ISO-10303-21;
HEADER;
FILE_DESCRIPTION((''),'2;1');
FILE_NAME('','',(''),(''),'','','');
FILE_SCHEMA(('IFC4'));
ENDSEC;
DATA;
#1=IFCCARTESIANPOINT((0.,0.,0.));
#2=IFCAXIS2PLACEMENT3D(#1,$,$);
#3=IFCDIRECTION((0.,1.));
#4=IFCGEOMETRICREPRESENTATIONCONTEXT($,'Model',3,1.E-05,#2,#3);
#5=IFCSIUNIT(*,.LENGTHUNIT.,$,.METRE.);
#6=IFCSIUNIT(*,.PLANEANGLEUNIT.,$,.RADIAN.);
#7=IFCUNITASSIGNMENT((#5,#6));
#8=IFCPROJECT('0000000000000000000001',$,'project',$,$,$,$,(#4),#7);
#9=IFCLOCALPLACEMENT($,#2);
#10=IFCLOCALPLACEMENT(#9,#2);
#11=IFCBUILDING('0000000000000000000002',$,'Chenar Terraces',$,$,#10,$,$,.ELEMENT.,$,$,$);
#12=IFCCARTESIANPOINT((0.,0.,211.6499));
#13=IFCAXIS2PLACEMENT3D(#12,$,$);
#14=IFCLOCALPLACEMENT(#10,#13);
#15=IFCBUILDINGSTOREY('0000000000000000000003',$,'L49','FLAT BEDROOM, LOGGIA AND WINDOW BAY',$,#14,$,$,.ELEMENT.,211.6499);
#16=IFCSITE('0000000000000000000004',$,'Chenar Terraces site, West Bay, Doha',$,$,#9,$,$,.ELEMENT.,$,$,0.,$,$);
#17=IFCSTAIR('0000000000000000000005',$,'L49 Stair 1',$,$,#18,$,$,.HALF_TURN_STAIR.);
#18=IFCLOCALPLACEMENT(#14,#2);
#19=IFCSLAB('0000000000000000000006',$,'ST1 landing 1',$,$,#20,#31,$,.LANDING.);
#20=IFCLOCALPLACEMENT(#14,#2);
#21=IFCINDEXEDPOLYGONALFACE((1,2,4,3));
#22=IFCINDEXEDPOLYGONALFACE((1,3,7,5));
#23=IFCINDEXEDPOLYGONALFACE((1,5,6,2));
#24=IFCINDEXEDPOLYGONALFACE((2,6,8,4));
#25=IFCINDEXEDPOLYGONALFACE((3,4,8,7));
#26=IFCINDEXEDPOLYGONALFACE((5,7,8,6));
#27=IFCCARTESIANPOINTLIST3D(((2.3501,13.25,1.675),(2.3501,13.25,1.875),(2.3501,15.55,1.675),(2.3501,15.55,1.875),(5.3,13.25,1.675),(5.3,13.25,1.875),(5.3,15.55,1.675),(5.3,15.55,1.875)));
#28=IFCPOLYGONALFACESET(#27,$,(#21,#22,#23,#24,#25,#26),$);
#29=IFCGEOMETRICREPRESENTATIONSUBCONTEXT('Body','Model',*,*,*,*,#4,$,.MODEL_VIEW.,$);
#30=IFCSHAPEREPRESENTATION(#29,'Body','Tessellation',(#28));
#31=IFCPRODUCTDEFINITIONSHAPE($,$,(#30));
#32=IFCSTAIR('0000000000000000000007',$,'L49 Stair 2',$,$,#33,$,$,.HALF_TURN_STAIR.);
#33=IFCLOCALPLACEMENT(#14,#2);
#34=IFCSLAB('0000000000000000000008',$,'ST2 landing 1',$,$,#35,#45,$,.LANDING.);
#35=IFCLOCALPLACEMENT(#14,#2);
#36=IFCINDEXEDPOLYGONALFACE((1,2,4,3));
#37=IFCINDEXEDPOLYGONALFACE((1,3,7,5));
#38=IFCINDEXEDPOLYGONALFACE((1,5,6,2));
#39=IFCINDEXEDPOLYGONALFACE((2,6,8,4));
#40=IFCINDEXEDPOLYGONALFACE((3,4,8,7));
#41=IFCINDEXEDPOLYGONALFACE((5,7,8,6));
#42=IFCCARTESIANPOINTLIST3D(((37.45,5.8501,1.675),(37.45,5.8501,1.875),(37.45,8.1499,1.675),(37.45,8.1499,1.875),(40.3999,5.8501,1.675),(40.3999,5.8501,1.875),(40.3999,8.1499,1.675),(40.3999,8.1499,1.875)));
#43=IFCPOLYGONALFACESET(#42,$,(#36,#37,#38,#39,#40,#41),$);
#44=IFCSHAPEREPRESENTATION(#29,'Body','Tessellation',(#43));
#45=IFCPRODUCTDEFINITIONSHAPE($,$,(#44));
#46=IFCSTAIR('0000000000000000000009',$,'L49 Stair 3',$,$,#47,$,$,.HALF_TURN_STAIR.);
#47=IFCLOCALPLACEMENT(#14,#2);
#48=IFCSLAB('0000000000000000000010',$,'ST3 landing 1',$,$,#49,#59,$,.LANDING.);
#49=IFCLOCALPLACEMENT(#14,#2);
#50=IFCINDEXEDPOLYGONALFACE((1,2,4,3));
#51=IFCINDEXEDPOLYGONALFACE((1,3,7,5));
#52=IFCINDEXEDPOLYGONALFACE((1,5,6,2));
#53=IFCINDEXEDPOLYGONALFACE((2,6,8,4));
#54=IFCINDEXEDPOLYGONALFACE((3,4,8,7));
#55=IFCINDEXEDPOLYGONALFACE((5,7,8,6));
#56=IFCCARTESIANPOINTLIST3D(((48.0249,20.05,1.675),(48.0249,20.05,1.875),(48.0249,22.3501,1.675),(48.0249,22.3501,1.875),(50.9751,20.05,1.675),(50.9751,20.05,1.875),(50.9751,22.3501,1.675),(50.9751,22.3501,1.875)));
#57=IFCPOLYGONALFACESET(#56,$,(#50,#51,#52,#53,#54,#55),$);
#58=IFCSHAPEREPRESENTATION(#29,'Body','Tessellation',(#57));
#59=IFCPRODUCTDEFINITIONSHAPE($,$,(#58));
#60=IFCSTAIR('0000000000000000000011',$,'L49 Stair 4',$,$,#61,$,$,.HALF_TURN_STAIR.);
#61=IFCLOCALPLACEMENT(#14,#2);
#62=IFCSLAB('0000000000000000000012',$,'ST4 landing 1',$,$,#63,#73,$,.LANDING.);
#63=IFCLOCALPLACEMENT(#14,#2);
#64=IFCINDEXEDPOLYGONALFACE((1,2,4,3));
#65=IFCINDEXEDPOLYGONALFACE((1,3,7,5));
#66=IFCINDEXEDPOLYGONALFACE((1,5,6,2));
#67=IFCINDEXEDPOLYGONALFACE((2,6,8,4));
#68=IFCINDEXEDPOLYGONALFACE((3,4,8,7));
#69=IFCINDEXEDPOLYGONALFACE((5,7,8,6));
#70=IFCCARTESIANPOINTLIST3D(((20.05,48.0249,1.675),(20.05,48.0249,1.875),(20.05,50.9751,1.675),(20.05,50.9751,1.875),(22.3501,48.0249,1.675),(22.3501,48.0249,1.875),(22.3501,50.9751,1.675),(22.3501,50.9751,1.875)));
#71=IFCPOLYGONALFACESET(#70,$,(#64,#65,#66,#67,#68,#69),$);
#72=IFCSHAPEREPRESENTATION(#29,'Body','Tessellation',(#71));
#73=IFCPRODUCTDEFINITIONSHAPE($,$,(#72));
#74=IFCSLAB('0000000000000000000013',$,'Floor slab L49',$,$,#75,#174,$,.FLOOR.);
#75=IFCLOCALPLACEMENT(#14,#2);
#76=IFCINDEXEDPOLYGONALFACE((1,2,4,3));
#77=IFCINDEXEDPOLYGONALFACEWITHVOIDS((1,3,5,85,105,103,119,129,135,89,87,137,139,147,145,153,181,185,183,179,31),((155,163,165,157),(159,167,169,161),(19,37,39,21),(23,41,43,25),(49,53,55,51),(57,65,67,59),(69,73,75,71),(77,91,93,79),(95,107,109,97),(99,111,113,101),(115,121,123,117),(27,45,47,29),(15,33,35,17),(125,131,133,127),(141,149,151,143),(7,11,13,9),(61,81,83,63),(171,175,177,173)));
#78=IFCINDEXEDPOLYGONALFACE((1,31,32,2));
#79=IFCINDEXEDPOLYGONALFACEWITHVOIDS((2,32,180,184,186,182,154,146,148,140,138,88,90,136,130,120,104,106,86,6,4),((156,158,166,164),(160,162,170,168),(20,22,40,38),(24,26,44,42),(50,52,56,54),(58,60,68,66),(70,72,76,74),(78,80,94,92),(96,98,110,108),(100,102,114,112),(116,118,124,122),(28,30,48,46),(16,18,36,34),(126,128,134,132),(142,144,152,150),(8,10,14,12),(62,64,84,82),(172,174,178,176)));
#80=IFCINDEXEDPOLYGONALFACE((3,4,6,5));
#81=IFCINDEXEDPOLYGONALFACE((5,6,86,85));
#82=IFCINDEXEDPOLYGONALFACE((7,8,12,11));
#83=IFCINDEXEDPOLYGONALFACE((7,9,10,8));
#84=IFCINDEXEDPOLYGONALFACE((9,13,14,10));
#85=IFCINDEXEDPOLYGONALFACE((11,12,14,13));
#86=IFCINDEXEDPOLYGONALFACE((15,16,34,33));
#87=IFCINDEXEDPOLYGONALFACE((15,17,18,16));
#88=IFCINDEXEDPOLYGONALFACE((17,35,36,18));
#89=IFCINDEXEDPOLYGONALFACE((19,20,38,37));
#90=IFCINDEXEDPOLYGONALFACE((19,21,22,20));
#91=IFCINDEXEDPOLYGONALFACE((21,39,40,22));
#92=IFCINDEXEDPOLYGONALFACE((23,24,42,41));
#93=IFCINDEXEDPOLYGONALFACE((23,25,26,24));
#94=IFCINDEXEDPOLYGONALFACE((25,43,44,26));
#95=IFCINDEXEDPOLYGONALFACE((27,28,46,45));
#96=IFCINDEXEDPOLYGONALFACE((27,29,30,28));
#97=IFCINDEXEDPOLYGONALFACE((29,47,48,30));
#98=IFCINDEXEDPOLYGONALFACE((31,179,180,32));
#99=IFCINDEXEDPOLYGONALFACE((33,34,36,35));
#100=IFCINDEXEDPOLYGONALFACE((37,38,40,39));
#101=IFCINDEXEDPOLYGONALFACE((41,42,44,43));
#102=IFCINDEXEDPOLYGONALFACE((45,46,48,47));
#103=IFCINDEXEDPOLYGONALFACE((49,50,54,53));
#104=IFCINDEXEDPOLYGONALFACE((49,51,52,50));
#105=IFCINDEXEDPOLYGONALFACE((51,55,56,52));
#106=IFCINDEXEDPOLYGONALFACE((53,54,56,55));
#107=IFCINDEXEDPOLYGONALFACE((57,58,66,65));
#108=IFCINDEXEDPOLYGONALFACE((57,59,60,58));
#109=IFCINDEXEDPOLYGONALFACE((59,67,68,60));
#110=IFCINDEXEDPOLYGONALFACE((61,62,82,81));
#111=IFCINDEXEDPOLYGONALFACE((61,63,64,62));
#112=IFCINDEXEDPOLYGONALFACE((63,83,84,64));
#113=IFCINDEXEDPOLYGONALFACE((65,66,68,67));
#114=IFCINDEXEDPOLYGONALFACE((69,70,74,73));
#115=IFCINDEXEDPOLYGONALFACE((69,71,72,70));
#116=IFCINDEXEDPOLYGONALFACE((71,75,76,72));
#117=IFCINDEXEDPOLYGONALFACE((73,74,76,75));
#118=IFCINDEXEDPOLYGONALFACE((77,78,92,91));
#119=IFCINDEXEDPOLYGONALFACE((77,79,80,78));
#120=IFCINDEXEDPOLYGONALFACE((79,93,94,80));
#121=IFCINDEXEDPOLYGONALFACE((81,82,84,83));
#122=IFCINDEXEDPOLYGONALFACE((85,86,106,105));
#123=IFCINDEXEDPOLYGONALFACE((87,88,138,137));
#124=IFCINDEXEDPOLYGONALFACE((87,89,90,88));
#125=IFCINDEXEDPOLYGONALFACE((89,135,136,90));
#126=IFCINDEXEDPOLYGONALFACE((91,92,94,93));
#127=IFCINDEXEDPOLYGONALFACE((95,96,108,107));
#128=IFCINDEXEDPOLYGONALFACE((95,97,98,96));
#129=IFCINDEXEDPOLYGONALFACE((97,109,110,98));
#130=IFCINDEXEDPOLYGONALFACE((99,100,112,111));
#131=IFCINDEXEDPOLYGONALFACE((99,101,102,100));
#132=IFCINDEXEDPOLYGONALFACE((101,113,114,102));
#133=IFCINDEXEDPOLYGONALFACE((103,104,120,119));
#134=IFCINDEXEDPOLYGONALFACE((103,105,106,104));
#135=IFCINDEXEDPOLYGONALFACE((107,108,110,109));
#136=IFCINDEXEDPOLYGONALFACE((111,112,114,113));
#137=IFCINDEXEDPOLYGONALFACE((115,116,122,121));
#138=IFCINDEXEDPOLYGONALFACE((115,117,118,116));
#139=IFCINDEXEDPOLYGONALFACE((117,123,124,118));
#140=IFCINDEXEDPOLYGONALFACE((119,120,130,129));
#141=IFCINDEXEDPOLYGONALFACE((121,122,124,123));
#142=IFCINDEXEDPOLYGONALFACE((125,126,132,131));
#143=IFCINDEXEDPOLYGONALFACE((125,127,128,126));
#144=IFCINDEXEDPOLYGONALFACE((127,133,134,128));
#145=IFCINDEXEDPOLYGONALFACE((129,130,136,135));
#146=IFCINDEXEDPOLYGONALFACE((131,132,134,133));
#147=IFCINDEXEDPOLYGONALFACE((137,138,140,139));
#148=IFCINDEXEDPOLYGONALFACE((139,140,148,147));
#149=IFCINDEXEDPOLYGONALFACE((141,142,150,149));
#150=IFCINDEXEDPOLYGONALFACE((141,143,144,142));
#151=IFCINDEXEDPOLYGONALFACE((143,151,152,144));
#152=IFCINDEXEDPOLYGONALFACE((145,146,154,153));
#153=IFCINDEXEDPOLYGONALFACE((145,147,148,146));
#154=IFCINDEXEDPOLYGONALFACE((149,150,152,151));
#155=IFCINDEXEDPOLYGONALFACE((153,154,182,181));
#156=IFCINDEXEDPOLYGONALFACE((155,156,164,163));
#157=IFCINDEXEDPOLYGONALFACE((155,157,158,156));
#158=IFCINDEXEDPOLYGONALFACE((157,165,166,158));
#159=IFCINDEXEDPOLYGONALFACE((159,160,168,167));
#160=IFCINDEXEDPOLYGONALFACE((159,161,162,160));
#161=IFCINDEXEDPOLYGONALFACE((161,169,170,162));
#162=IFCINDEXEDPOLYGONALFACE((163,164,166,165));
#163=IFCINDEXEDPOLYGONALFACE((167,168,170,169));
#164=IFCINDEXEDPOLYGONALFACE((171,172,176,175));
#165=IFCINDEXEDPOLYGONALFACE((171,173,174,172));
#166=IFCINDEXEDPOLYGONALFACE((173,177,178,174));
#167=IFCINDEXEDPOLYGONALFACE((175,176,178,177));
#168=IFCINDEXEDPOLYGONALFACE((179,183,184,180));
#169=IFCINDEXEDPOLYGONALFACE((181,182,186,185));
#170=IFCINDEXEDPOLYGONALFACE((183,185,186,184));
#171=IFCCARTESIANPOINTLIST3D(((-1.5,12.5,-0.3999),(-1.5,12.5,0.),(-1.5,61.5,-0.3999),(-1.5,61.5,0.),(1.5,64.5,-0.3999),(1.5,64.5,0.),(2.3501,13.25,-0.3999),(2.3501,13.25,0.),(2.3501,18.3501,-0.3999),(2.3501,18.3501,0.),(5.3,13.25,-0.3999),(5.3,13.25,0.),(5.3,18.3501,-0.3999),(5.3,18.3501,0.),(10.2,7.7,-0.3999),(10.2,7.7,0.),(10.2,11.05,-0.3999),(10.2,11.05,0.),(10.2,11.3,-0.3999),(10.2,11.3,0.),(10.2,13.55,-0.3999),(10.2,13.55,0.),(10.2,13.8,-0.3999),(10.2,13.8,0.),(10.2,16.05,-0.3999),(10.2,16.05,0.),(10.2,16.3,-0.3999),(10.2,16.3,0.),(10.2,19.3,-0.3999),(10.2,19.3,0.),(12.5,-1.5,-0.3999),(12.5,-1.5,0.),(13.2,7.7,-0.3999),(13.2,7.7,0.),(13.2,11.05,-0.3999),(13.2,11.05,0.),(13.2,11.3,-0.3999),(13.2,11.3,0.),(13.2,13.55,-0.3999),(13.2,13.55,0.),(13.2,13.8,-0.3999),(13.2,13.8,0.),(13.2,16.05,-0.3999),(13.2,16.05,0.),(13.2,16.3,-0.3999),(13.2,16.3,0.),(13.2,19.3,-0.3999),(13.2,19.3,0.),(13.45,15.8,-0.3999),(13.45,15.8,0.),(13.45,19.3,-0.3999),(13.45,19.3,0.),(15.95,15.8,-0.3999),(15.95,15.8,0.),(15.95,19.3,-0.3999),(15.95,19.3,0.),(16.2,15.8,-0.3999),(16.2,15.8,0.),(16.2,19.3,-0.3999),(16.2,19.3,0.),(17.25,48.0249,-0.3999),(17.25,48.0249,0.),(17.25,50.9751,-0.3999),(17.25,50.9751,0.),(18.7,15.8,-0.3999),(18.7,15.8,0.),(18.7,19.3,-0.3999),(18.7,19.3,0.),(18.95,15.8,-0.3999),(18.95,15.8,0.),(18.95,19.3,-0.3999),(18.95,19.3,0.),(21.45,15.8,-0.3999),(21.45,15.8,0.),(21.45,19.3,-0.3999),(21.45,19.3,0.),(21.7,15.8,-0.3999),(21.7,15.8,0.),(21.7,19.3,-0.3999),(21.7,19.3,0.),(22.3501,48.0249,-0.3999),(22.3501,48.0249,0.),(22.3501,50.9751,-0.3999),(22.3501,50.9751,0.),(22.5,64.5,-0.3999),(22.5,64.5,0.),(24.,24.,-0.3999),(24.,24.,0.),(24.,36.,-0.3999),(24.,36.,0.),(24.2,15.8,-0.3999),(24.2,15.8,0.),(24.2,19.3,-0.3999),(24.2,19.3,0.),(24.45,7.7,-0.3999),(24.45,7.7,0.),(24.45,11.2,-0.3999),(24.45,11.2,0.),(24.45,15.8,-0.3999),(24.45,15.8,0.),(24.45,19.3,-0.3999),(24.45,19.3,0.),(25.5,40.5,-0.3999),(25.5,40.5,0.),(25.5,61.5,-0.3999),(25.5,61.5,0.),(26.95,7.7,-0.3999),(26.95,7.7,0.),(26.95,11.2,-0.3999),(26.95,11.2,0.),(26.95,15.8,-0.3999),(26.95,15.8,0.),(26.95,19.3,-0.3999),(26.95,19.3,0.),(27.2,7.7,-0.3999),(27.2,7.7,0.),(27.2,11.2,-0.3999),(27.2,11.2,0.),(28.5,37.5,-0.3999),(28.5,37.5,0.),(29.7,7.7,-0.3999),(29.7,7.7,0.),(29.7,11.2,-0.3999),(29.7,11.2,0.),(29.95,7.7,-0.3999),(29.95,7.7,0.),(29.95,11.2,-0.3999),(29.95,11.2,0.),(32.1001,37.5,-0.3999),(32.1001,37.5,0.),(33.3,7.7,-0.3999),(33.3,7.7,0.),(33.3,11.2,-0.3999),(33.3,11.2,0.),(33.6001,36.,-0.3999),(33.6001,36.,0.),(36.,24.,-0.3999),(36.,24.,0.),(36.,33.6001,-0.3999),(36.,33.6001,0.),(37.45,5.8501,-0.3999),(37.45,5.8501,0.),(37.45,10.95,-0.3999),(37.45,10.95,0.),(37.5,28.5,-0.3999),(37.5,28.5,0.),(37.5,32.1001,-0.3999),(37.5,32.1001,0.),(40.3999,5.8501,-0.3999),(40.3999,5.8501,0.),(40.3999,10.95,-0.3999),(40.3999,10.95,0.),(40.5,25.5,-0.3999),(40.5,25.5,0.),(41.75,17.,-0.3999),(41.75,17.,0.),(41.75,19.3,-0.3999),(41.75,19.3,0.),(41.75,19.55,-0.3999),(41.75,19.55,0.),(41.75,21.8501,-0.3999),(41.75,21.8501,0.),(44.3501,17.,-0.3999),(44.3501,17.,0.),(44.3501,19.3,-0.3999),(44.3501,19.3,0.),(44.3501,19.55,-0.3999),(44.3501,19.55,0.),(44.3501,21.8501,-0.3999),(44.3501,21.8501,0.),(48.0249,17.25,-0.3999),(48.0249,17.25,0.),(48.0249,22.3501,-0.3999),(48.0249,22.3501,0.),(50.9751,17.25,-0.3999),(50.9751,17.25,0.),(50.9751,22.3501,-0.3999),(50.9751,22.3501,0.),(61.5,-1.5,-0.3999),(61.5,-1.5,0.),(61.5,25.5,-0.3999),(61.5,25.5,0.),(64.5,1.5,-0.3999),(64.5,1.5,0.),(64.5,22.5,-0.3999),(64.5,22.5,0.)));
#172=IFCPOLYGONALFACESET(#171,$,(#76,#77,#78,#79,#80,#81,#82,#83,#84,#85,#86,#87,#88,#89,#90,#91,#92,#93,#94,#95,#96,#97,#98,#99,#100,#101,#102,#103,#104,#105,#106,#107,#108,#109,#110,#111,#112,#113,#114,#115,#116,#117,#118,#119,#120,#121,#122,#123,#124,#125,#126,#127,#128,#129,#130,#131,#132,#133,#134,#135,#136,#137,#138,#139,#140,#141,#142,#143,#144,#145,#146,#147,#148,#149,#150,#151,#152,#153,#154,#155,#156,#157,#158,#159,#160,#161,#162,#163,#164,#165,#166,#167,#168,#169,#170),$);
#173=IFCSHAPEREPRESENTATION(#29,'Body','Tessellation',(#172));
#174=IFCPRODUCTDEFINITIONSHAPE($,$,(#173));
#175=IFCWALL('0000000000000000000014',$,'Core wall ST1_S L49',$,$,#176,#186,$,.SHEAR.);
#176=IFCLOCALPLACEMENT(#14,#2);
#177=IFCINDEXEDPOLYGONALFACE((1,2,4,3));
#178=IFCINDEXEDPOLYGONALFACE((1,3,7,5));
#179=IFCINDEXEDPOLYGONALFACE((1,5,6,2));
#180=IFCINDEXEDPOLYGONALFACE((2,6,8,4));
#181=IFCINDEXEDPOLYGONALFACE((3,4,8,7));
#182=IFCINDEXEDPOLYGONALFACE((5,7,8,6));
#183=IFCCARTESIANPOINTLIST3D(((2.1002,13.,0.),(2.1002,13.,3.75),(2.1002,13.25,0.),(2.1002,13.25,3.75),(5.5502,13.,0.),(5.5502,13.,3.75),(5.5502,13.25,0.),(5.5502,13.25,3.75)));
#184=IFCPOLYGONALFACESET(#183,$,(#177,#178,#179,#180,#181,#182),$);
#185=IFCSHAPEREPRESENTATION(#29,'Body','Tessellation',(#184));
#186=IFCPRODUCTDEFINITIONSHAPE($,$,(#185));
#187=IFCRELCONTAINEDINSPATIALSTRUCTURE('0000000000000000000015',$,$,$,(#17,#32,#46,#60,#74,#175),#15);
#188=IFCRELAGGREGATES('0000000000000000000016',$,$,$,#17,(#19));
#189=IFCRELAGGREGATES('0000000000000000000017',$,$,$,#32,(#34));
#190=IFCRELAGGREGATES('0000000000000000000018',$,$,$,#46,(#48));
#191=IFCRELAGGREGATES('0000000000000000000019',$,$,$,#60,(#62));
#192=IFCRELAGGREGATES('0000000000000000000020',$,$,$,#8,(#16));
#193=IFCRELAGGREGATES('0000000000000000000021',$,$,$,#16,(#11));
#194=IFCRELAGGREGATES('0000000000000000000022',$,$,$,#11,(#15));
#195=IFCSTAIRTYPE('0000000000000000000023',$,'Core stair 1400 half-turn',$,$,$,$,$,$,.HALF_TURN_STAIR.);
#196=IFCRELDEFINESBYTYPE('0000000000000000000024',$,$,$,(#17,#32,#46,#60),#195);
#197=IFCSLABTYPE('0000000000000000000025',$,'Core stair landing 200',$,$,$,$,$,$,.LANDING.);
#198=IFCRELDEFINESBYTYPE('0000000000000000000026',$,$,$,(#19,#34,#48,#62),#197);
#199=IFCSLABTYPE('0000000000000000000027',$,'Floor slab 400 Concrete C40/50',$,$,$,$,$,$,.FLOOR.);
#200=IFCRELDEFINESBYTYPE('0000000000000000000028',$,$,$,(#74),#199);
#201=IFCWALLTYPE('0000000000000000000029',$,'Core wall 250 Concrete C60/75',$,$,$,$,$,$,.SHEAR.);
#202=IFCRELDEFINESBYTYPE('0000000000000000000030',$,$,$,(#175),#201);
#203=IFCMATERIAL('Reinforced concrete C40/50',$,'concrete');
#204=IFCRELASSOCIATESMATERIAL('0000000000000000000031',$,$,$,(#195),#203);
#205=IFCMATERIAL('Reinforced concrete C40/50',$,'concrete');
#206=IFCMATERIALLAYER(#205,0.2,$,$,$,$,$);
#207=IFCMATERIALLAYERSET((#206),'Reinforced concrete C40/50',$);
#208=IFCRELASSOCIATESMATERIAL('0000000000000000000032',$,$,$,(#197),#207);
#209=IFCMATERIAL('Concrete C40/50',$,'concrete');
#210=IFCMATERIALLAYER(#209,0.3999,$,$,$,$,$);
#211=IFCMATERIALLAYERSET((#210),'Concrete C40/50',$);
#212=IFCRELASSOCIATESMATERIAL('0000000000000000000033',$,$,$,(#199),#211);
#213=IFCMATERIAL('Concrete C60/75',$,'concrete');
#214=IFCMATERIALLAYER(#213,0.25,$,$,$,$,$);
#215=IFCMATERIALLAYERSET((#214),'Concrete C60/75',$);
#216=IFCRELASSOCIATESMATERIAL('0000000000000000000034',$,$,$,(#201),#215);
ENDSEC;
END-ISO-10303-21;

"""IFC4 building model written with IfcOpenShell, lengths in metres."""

from ifc_helpers import new_model, si_unit, direction, frame, frame_2d, origin, place, context, subcontext, project, spatial, polyline, rectangle, outline, extrude, material, layer, layer_set, type_object, element, aggregate, save


model = new_model("IFC4")

# Units and contexts
model_context = context("Model", 3, precision=1e-05, world=origin(), true_north=direction((0.0, 1.0)))
body_context = subcontext(model_context, "Body", "Model", "MODEL_VIEW")
ifc_project = project(units=[si_unit("LENGTHUNIT", "METRE"), si_unit("PLANEANGLEUNIT", "RADIAN")], contexts=[model_context])

# Site, building, storey
site_placement = place(None, origin())
site = spatial("IfcSite", under=ifc_project, at=site_placement, Name="Chenar Terraces site, West Bay, Doha", CompositionType="ELEMENT", RefElevation=0.0)
building_placement = place(site_placement, origin())
building = spatial("IfcBuilding", under=site, at=building_placement, Name="Chenar Terraces", CompositionType="ELEMENT")
storey_placement = place(building_placement, frame((0.0, 0.0, 211.6499)))
storey = spatial("IfcBuildingStorey", under=building, at=storey_placement, Name="L49", Description="FLAT BEDROOM, LOGGIA AND WINDOW BAY", CompositionType="ELEMENT", Elevation=211.6499)

# Stairs, slabs
ifc_material_1 = material(Name="Reinforced concrete C40/50", Category="concrete")
stair_type = type_object("IfcStairType", Name="Core stair 1400 half-turn", PredefinedType="HALF_TURN_STAIR", material=ifc_material_1)
placement_1 = place(storey_placement, origin())
stair_1 = element("IfcStair", 1, at=placement_1, inside=storey, type_object=stair_type, Name="L49 Stair 1", PredefinedType="HALF_TURN_STAIR")
ifc_material_2 = material(Name="Reinforced concrete C40/50", Category="concrete")
ifc_layer_1 = layer(ifc_material_2, 0.2)
ifc_layer_set_1 = layer_set([ifc_layer_1], Name="Reinforced concrete C40/50")
slab_type_1 = type_object("IfcSlabType", Name="Core stair landing 200", PredefinedType="LANDING", material=ifc_layer_set_1)
placement_2 = place(storey_placement, frame((0.0, 0.0, 1.675)))
slab_1 = element("IfcSlab", 2, at=placement_2, type_object=slab_type_1, Name="ST1 landing 1", PredefinedType="LANDING", context=body_context, shape_type="SweptSolid", body=[
    extrude(outline(polyline([(2.3501, 15.55), (2.3501, 13.25), (5.3, 13.25), (5.3, 15.55), (2.3501, 15.55)])), origin(), (0.0, 0.0, 1.0), 0.2),
])
aggregate(stair_1, [slab_1])
stair_2 = element("IfcStair", 3, at=placement_1, inside=storey, type_object=stair_type, Name="L49 Stair 2", PredefinedType="HALF_TURN_STAIR")
slab_2 = element("IfcSlab", 4, at=placement_2, type_object=slab_type_1, Name="ST2 landing 1", PredefinedType="LANDING", context=body_context, shape_type="SweptSolid", body=[
    extrude(outline(polyline([(37.45, 8.1499), (37.45, 5.8501), (40.3999, 5.8501), (40.3999, 8.1499), (37.45, 8.1499)])), origin(), (0.0, 0.0, 1.0), 0.2),
])
aggregate(stair_2, [slab_2])
stair_3 = element("IfcStair", 5, at=placement_1, inside=storey, type_object=stair_type, Name="L49 Stair 3", PredefinedType="HALF_TURN_STAIR")
slab_3 = element("IfcSlab", 6, at=placement_2, type_object=slab_type_1, Name="ST3 landing 1", PredefinedType="LANDING", context=body_context, shape_type="SweptSolid", body=[
    extrude(outline(polyline([(50.9751, 20.05), (50.9751, 22.3501), (48.0249, 22.3501), (48.0249, 20.05), (50.9751, 20.05)])), origin(), (0.0, 0.0, 1.0), 0.2),
])
aggregate(stair_3, [slab_3])
stair_4 = element("IfcStair", 7, at=placement_1, inside=storey, type_object=stair_type, Name="L49 Stair 4", PredefinedType="HALF_TURN_STAIR")
slab_4 = element("IfcSlab", 8, at=placement_2, type_object=slab_type_1, Name="ST4 landing 1", PredefinedType="LANDING", context=body_context, shape_type="SweptSolid", body=[
    extrude(outline(polyline([(20.05, 48.0249), (22.3501, 48.0249), (22.3501, 50.9751), (20.05, 50.9751), (20.05, 48.0249)])), origin(), (0.0, 0.0, 1.0), 0.2),
])
aggregate(stair_4, [slab_4])

# Slab
ifc_material_3 = material(Name="Concrete C40/50", Category="concrete")
ifc_layer_2 = layer(ifc_material_3, 0.3999)
ifc_layer_set_2 = layer_set([ifc_layer_2], Name="Concrete C40/50")
slab_type_2 = type_object("IfcSlabType", Name="Floor slab 400 Concrete C40/50", PredefinedType="FLOOR", material=ifc_layer_set_2)
slab_5_placement = place(storey_placement, frame((0.0, 0.0, -0.3999)))
element("IfcSlab", 9, at=slab_5_placement, inside=storey, type_object=slab_type_2, Name="Floor slab L49", PredefinedType="FLOOR", context=body_context, shape_type="SweptSolid", body=[
    extrude(outline(polyline([(64.5, 22.5), (64.5, 1.5), (61.5, -1.5), (12.5, -1.5), (-1.5, 12.5), (-1.5, 61.5), (1.5, 64.5), (22.5, 64.5), (25.5, 61.5), (25.5, 40.5), (28.5, 37.5), (32.1001, 37.5), (33.6001, 36.0), (24.0, 36.0), (24.0, 24.0), (36.0, 24.0), (36.0, 33.6001), (37.5, 32.1001), (37.5, 28.5), (40.5, 25.5), (61.5, 25.5), (64.5, 22.5)]), holes=[polyline([(13.2, 11.05), (10.2, 11.05), (10.2, 7.7), (13.2, 7.7), (13.2, 11.05)]), polyline([(13.2, 13.55), (10.2, 13.55), (10.2, 11.3), (13.2, 11.3), (13.2, 13.55)]), polyline([(13.2, 16.05), (10.2, 16.05), (10.2, 13.8), (13.2, 13.8), (13.2, 16.05)]), polyline([(2.3501, 13.25), (5.3, 13.25), (5.3, 18.3501), (2.3501, 18.3501), (2.3501, 13.25)]), polyline([(15.95, 19.3), (13.45, 19.3), (13.45, 15.8), (15.95, 15.8), (15.95, 19.3)]), polyline([(18.7, 19.3), (16.2, 19.3), (16.2, 15.8), (18.7, 15.8), (18.7, 19.3)]), polyline([(21.45, 19.3), (18.95, 19.3), (18.95, 15.8), (21.45, 15.8), (21.45, 19.3)]), polyline([(24.2, 15.8), (24.2, 19.3), (21.7, 19.3), (21.7, 15.8), (24.2, 15.8)]), polyline([(13.2, 16.3), (13.2, 19.3), (10.2, 19.3), (10.2, 16.3), (13.2, 16.3)]), polyline([(22.3501, 48.0249), (22.3501, 50.9751), (17.25, 50.9751), (17.25, 48.0249), (22.3501, 48.0249)]), polyline([(37.45, 5.8501), (40.3999, 5.8501), (40.3999, 10.95), (37.45, 10.95), (37.45, 5.8501)]), polyline([(26.95, 11.2), (24.45, 11.2), (24.45, 7.7), (26.95, 7.7), (26.95, 11.2)]), polyline([(29.7, 7.7), (29.7, 11.2), (27.2, 11.2), (27.2, 7.7), (29.7, 7.7)]), polyline([(33.3, 7.7), (33.3, 11.2), (29.95, 11.2), (29.95, 7.7), (33.3, 7.7)]), polyline([(26.95, 19.3), (24.45, 19.3), (24.45, 15.8), (26.95, 15.8), (26.95, 19.3)]), polyline([(44.3501, 19.3), (41.75, 19.3), (41.75, 17.0), (44.3501, 17.0), (44.3501, 19.3)]), polyline([(50.9751, 22.3501), (48.0249, 22.3501), (48.0249, 17.25), (50.9751, 17.25), (50.9751, 22.3501)]), polyline([(44.3501, 19.55), (44.3501, 21.8501), (41.75, 21.8501), (41.75, 19.55), (44.3501, 19.55)])]), origin(), (0.0, 0.0, 1.0), 0.3999),
])

# Wall
ifc_material_4 = material(Name="Concrete C60/75", Category="concrete")
ifc_layer_3 = layer(ifc_material_4, 0.25)
ifc_layer_set_3 = layer_set([ifc_layer_3], Name="Concrete C60/75")
wall_type_1 = type_object("IfcWallType", Name="Core wall 250 Concrete C60/75", PredefinedType="SHEAR", material=ifc_layer_set_3)
wall_1_placement = place(storey_placement, frame((2.1001, 13.125, 0.0), z_axis=(0.0, 0.0, 1.0), x_axis=(1.0, 0.0, 0.0)))
element("IfcWall", 10, at=wall_1_placement, inside=storey, type_object=wall_type_1, Name="Core wall ST1_S L49", PredefinedType="SHEAR", context=body_context, shape_type="SweptSolid", body=[
    extrude(rectangle(XDim=3.45, YDim=0.25, at=frame_2d((1.7251, 0.0))), origin(), (0.0, 0.0, 1.0), 3.75),
])

save(model, "model.ifc")
